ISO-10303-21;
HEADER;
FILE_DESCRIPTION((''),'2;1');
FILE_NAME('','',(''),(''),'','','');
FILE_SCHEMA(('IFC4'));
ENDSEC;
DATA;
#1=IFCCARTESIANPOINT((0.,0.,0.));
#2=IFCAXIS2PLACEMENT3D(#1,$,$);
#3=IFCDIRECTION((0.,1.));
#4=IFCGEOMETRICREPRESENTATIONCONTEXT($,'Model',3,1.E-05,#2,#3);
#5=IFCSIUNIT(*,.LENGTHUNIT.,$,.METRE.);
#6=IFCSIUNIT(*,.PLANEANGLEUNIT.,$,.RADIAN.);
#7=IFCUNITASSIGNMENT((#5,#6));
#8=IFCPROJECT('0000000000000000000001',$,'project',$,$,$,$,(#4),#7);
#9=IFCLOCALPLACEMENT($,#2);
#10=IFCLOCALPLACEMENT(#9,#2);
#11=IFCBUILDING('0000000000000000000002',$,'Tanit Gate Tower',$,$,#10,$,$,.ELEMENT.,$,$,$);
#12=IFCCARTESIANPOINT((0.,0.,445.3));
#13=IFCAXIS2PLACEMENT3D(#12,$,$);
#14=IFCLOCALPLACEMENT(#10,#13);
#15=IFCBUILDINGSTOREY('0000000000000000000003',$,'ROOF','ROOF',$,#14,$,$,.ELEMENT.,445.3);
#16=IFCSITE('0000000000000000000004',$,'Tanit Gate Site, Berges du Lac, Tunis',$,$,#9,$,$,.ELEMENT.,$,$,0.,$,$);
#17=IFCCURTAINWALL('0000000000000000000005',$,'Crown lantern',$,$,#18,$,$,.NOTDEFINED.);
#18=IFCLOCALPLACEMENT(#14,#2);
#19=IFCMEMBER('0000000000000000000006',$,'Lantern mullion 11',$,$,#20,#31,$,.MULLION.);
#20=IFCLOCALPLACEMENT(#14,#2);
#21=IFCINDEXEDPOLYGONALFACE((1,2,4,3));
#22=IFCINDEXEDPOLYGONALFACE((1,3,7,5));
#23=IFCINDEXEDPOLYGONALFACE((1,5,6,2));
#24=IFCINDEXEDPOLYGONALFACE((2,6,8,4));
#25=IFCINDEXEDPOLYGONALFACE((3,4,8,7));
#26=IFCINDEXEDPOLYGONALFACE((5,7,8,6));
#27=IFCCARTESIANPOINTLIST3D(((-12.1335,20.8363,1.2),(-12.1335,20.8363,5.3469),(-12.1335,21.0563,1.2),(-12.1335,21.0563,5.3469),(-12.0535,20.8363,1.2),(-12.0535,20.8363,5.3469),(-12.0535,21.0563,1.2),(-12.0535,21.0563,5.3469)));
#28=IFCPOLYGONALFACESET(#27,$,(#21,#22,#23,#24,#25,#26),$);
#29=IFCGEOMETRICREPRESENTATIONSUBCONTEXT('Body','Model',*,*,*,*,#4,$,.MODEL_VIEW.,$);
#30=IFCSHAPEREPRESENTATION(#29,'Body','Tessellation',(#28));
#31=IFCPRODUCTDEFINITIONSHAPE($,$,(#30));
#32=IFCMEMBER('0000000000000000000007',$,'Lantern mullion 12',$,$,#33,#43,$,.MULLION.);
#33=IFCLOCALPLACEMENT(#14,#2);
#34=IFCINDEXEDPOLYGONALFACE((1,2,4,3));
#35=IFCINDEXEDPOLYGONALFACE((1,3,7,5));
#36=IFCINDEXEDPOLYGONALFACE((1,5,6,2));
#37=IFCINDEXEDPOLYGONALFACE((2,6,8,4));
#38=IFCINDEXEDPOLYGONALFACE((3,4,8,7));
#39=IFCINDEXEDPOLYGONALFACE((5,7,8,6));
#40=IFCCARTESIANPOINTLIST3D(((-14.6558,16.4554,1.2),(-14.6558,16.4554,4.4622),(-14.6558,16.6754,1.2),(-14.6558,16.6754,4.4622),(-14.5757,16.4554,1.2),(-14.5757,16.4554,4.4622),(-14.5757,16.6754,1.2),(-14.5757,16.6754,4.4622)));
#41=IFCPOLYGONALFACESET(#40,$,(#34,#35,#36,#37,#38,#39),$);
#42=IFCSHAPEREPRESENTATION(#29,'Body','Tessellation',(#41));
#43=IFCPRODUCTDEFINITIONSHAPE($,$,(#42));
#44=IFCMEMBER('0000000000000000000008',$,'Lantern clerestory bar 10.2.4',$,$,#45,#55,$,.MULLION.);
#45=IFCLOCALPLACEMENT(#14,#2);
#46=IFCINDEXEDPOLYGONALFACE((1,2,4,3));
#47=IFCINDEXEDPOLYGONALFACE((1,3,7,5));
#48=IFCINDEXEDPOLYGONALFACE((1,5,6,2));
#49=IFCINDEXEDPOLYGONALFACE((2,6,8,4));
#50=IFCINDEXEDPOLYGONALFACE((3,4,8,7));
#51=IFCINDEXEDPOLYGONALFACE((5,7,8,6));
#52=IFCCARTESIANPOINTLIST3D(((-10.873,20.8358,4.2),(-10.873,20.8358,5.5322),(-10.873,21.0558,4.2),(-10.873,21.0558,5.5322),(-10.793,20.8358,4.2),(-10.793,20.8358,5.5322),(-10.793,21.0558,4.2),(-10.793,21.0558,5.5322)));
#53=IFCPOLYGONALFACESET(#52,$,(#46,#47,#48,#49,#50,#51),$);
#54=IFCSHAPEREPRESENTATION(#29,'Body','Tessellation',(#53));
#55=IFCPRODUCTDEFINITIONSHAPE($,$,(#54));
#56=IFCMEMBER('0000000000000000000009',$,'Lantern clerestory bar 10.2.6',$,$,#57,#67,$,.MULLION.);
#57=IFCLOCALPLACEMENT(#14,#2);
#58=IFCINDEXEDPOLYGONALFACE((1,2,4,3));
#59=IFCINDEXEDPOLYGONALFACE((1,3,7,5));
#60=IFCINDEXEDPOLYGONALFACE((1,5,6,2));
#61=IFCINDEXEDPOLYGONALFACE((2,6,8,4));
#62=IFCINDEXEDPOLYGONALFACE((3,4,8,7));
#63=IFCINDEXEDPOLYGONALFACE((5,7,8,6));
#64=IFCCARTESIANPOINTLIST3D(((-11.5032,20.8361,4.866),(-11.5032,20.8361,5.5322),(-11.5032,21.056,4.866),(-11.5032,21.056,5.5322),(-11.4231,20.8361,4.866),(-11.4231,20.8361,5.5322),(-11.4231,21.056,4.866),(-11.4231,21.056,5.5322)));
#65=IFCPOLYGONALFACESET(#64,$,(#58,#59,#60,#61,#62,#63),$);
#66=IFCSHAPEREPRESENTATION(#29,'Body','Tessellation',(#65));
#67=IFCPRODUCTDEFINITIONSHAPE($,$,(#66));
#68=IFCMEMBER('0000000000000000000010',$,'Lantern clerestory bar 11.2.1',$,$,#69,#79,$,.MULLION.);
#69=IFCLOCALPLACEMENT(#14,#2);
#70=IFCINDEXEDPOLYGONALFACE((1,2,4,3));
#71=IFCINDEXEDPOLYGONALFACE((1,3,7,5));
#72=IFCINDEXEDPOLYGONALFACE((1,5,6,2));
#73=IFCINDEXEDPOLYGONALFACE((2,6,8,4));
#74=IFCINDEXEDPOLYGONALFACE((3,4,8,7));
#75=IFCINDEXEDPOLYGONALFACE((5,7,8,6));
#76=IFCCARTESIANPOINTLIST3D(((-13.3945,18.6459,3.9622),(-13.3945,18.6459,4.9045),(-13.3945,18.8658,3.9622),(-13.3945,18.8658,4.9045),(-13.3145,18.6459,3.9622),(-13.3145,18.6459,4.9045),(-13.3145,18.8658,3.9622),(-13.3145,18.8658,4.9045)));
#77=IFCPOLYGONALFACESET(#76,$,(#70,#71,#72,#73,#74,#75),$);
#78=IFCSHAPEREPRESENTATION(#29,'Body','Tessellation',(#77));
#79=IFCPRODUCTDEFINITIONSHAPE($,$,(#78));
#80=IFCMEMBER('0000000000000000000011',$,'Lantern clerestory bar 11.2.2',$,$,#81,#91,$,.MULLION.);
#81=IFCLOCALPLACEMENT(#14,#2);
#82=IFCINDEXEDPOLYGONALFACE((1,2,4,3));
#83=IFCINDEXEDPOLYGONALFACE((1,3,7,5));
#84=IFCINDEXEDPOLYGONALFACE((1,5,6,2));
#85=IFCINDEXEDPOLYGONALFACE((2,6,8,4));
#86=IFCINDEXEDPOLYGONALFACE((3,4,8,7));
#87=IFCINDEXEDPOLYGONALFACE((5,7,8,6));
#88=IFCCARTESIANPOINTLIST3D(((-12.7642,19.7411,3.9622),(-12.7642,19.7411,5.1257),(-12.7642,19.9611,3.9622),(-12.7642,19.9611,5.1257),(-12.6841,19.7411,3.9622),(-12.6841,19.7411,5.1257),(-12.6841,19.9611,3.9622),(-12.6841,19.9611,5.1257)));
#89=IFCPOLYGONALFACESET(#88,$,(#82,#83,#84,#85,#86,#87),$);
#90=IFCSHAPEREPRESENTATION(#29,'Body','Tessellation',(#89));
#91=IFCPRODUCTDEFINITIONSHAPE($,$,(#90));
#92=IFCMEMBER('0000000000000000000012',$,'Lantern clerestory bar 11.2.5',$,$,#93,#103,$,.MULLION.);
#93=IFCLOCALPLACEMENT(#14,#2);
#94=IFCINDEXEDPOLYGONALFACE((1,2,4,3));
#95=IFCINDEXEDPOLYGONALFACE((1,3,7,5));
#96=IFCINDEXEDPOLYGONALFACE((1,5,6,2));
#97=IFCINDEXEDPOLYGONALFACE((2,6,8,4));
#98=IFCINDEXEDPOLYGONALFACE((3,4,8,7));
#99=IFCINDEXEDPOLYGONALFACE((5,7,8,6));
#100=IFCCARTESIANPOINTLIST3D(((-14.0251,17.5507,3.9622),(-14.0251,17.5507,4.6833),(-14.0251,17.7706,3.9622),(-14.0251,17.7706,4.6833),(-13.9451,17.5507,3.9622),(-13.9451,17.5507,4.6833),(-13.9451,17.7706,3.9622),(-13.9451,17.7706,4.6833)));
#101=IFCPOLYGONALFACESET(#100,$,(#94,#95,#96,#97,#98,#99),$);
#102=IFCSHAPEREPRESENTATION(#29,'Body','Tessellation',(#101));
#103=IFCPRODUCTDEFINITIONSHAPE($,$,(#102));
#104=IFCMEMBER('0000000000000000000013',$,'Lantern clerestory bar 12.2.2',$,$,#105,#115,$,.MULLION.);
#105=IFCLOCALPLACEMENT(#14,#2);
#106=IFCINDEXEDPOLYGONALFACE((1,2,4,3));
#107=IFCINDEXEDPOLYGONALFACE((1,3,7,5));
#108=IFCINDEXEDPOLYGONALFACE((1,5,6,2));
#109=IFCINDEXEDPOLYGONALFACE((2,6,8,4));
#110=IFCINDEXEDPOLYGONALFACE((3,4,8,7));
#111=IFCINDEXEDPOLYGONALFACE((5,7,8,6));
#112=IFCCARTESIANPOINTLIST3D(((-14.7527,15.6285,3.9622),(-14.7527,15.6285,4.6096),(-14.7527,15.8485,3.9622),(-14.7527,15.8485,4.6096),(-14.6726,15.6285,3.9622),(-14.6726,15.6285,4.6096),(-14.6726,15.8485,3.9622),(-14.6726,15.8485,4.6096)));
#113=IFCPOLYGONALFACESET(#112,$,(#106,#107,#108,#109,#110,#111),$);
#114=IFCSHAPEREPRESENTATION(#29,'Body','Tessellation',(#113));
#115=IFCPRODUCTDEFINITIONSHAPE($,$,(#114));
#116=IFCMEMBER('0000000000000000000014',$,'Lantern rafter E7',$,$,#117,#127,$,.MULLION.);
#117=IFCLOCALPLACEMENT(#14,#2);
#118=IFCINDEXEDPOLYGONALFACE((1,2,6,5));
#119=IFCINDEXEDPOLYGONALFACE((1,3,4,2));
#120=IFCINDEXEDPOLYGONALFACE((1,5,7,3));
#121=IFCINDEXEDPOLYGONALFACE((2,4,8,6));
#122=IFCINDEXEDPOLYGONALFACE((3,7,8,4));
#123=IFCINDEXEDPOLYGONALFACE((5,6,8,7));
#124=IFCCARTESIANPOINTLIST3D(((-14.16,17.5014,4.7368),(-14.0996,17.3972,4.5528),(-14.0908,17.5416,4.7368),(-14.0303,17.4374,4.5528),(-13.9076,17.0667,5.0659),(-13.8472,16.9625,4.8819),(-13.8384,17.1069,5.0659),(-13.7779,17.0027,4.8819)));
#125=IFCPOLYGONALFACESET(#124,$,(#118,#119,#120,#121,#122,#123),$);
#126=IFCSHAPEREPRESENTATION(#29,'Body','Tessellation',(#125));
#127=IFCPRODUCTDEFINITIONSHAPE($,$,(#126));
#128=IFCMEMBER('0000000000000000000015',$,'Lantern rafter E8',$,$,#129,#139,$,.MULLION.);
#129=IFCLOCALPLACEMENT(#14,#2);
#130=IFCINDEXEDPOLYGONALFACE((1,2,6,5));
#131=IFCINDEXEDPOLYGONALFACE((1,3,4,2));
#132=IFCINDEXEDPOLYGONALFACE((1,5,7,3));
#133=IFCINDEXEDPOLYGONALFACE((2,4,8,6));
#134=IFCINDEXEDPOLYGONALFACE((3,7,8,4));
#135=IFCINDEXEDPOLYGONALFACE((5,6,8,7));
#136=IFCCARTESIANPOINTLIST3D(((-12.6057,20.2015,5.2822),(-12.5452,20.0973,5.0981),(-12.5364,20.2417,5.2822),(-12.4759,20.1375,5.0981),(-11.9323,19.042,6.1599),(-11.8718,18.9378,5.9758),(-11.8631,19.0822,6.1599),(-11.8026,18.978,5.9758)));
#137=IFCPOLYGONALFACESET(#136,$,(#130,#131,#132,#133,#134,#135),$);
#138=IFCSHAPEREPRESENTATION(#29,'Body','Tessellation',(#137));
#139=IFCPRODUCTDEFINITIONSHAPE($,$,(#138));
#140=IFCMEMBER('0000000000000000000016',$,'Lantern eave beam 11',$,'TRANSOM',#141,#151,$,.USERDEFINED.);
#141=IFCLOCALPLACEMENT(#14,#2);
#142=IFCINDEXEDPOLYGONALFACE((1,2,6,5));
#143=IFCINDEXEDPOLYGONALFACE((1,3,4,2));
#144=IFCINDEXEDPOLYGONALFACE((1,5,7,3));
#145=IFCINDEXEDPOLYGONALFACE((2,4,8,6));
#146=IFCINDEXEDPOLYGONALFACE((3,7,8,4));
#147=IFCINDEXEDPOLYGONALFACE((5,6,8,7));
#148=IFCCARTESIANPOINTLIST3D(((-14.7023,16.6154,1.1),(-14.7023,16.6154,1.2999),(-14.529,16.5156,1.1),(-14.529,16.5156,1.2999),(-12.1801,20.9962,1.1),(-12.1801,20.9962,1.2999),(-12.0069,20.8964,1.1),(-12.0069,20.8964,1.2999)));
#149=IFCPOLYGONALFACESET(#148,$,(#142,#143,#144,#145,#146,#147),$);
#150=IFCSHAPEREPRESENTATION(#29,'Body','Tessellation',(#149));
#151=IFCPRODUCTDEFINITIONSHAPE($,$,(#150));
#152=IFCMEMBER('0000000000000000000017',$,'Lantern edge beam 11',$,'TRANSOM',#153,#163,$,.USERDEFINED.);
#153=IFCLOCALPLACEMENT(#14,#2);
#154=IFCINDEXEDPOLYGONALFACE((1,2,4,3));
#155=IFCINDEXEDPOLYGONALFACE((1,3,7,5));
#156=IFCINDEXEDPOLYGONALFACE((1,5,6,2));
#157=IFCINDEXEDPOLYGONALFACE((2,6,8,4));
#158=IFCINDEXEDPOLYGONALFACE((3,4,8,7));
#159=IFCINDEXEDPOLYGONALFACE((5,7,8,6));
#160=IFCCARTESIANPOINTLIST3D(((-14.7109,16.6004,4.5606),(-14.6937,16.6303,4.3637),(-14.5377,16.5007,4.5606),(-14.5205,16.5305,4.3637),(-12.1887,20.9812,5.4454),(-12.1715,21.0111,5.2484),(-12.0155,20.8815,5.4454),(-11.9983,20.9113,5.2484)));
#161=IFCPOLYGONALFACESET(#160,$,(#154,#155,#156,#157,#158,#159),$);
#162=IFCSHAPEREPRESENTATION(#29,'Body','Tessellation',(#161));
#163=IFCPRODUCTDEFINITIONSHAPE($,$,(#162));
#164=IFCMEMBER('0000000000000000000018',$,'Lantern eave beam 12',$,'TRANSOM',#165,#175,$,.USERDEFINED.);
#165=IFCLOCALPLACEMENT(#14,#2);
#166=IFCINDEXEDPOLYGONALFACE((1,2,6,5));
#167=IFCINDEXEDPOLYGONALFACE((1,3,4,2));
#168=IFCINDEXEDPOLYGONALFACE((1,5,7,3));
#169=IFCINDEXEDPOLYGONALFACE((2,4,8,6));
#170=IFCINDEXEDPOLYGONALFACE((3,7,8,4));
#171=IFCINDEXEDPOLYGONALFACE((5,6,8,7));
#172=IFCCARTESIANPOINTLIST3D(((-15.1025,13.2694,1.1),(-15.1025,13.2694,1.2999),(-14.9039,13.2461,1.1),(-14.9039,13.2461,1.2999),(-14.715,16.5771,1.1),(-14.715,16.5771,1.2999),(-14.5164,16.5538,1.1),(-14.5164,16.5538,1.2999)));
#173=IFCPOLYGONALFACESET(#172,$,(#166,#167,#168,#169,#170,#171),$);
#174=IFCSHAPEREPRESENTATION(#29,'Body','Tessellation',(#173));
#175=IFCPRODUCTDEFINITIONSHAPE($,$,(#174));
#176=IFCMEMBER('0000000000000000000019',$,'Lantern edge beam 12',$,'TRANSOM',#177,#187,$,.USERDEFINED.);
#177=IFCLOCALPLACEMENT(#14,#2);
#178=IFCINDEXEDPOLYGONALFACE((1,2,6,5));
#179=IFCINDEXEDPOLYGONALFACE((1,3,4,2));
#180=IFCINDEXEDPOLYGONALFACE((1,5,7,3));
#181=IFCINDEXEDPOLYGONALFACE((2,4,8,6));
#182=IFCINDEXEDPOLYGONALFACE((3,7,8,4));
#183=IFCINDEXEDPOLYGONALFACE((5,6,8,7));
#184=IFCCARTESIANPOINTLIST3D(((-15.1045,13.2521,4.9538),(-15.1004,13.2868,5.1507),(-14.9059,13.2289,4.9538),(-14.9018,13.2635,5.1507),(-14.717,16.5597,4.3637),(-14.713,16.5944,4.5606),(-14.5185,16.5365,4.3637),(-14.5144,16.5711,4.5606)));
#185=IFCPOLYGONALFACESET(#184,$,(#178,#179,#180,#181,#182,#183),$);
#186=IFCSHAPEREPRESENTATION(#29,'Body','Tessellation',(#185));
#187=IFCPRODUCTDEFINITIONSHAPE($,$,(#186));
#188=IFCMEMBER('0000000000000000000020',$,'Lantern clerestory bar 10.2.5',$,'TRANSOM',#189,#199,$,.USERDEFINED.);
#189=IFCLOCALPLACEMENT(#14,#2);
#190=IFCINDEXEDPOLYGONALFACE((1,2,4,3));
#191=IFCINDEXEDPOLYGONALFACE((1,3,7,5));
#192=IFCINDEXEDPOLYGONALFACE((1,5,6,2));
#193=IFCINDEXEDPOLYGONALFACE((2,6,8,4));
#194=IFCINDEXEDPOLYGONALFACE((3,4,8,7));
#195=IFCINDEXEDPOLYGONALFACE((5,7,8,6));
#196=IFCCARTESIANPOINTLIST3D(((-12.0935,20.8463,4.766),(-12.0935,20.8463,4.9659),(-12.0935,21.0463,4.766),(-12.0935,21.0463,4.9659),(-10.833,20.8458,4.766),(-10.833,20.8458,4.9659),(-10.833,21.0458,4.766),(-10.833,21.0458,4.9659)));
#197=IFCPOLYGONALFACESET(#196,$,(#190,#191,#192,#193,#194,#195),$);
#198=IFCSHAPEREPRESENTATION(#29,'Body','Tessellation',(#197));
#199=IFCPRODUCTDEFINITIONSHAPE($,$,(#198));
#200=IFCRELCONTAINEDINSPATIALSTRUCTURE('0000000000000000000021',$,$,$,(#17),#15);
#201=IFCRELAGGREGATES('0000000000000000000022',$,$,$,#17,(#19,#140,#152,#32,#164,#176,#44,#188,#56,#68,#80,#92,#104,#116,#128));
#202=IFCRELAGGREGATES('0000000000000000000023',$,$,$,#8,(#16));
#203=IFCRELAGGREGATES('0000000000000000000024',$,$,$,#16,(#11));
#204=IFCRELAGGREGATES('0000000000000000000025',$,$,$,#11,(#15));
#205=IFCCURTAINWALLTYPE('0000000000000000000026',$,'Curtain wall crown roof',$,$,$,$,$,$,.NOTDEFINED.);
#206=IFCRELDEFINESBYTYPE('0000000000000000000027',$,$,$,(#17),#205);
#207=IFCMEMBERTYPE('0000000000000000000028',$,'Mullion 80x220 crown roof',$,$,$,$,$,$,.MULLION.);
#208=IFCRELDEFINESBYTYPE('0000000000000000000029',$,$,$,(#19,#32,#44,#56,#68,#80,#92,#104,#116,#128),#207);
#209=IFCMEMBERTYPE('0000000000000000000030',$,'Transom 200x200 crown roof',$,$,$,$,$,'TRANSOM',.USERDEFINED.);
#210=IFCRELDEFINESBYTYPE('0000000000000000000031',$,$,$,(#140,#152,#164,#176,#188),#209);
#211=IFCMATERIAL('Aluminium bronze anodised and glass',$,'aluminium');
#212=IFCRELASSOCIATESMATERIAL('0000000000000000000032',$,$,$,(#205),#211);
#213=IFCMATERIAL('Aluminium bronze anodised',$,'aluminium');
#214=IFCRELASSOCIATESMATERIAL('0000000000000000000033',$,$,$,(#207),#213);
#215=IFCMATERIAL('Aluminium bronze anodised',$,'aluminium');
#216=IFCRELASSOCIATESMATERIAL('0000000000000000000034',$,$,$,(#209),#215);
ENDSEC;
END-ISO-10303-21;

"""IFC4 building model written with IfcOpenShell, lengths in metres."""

from ifc_helpers import new_model, si_unit, direction, frame, origin, origin_2d, place, context, subcontext, project, spatial, rectangle, extrude, material, material_profile, profile_set, type_object, element, aggregate, save


model = new_model("IFC4")

# Units and contexts
model_context = context("Model", 3, precision=1e-05, world=origin(), true_north=direction((0.0, 1.0)))
body_context = subcontext(model_context, "Body", "Model", "MODEL_VIEW")
ifc_project = project(units=[si_unit("LENGTHUNIT", "METRE"), si_unit("PLANEANGLEUNIT", "RADIAN")], contexts=[model_context])

# Site, building, storey
site_placement = place(None, origin())
site = spatial("IfcSite", under=ifc_project, at=site_placement, Name="Tanit Gate Site, Berges du Lac, Tunis", CompositionType="ELEMENT", RefElevation=0.0)
building_placement = place(site_placement, origin())
building = spatial("IfcBuilding", under=site, at=building_placement, Name="Tanit Gate Tower", CompositionType="ELEMENT")
storey_placement = place(building_placement, frame((0.0, 0.0, 445.3)))
storey = spatial("IfcBuildingStorey", under=building, at=storey_placement, Name="ROOF", Description="ROOF", CompositionType="ELEMENT", Elevation=445.3)

# Curtain wall, members
ifc_material_1 = material(Name="Aluminium bronze anodised and glass", Category="aluminium")
curtain_wall_type = type_object("IfcCurtainWallType", Name="Curtain wall crown roof", PredefinedType="NOTDEFINED", material=ifc_material_1)
curtain_wall_placement = place(storey_placement, origin())
curtain_wall = element("IfcCurtainWall", 1, at=curtain_wall_placement, inside=storey, type_object=curtain_wall_type, Name="Crown lantern", PredefinedType="NOTDEFINED")
ifc_material_2 = material(Name="Aluminium bronze anodised", Category="aluminium")
ifc_material_profile_1 = material_profile(ifc_material_2, rectangle(XDim=0.0801, YDim=0.22, at=origin_2d()), Name="80x220 bronze rafter")
ifc_profile_set_1 = profile_set([ifc_material_profile_1], Name="Aluminium bronze anodised")
member_type_1 = type_object("IfcMemberType", Name="Mullion 80x220 crown roof", PredefinedType="MULLION", material=ifc_profile_set_1)
member_1_placement = place(storey_placement, frame((-12.0935, 20.9463, 1.2), z_axis=(0.0, 0.0, 1.0), x_axis=(1.0, 0.0, 0.0)))
member_1 = element("IfcMember", 2, at=member_1_placement, type_object=member_type_1, Name="Lantern mullion 11", PredefinedType="MULLION", context=body_context, shape_type="SweptSolid", body=[
    extrude(rectangle(XDim=0.0801, YDim=0.22, at=origin_2d()), origin(), (0.0, 0.0, 1.0), 4.147),
])
member_2_placement = place(storey_placement, frame((-14.6157, 16.5654, 1.2), z_axis=(0.0, 0.0, 1.0), x_axis=(1.0, 0.0, 0.0)))
member_2 = element("IfcMember", 3, at=member_2_placement, type_object=member_type_1, Name="Lantern mullion 12", PredefinedType="MULLION", context=body_context, shape_type="SweptSolid", body=[
    extrude(rectangle(XDim=0.0801, YDim=0.22, at=origin_2d()), origin(), (0.0, 0.0, 1.0), 3.2622),
])
member_3_placement = place(storey_placement, frame((-10.833, 20.9458, 4.2), z_axis=(0.0, 0.0, 1.0), x_axis=(1.0, 0.0, 0.0)))
member_3 = element("IfcMember", 4, at=member_3_placement, type_object=member_type_1, Name="Lantern clerestory bar 10.2.4", PredefinedType="MULLION", context=body_context, shape_type="SweptSolid", body=[
    extrude(rectangle(XDim=0.0801, YDim=0.22, at=origin_2d()), origin(), (0.0, 0.0, 1.0), 1.3323),
])
member_4_placement = place(storey_placement, frame((-11.4631, 20.946, 4.866), z_axis=(0.0, 0.0, 1.0), x_axis=(1.0, 0.0, 0.0)))
member_4 = element("IfcMember", 5, at=member_4_placement, type_object=member_type_1, Name="Lantern clerestory bar 10.2.6", PredefinedType="MULLION", context=body_context, shape_type="SweptSolid", body=[
    extrude(rectangle(XDim=0.0801, YDim=0.22, at=origin_2d()), origin(), (0.0, 0.0, 1.0), 0.6663),
])
member_5_placement = place(storey_placement, frame((-13.3545, 18.7559, 3.9622), z_axis=(0.0, 0.0, 1.0), x_axis=(1.0, 0.0, 0.0)))
member_5 = element("IfcMember", 6, at=member_5_placement, type_object=member_type_1, Name="Lantern clerestory bar 11.2.1", PredefinedType="MULLION", context=body_context, shape_type="SweptSolid", body=[
    extrude(rectangle(XDim=0.0801, YDim=0.22, at=origin_2d()), origin(), (0.0, 0.0, 1.0), 0.9424),
])
member_6_placement = place(storey_placement, frame((-12.7241, 19.8511, 3.9622), z_axis=(0.0, 0.0, 1.0), x_axis=(1.0, 0.0, 0.0)))
member_6 = element("IfcMember", 7, at=member_6_placement, type_object=member_type_1, Name="Lantern clerestory bar 11.2.2", PredefinedType="MULLION", context=body_context, shape_type="SweptSolid", body=[
    extrude(rectangle(XDim=0.0801, YDim=0.22, at=origin_2d()), origin(), (0.0, 0.0, 1.0), 1.1636),
])
member_7_placement = place(storey_placement, frame((-13.9851, 17.6606, 3.9622), z_axis=(0.0, 0.0, 1.0), x_axis=(1.0, 0.0, 0.0)))
member_7 = element("IfcMember", 8, at=member_7_placement, type_object=member_type_1, Name="Lantern clerestory bar 11.2.5", PredefinedType="MULLION", context=body_context, shape_type="SweptSolid", body=[
    extrude(rectangle(XDim=0.0801, YDim=0.22, at=origin_2d()), origin(), (0.0, 0.0, 1.0), 0.7212),
])
member_8_placement = place(storey_placement, frame((-14.7126, 15.7385, 3.9622), z_axis=(0.0, 0.0, 1.0), x_axis=(1.0, 0.0, 0.0)))
member_8 = element("IfcMember", 9, at=member_8_placement, type_object=member_type_1, Name="Lantern clerestory bar 12.2.2", PredefinedType="MULLION", context=body_context, shape_type="SweptSolid", body=[
    extrude(rectangle(XDim=0.0801, YDim=0.22, at=origin_2d()), origin(), (0.0, 0.0, 1.0), 0.6475),
])
member_9_placement = place(storey_placement, frame((-13.8428, 17.0347, 4.9739), z_axis=(-0.420095, 0.723588, -0.547668), x_axis=(-0.864816, -0.502089, 0.0)))
member_9 = element("IfcMember", 10, at=member_9_placement, type_object=member_type_1, Name="Lantern rafter E7", PredefinedType="MULLION", context=body_context, shape_type="SweptSolid", body=[
    extrude(rectangle(XDim=0.0801, YDim=0.22, at=origin_2d()), origin(), (0.0, 0.0, 1.0), 0.6008),
])
member_10_placement = place(storey_placement, frame((-11.8674, 19.01, 6.0679), z_axis=(-0.420183, 0.723513, -0.5477), x_axis=(-0.864748, -0.502206, 0.0)))
member_10 = element("IfcMember", 11, at=member_10_placement, type_object=member_type_1, Name="Lantern rafter E8", PredefinedType="MULLION", context=body_context, shape_type="SweptSolid", body=[
    extrude(rectangle(XDim=0.0801, YDim=0.22, at=origin_2d()), origin(), (0.0, 0.0, 1.0), 1.6025),
])
ifc_material_3 = material(Name="Aluminium bronze anodised", Category="aluminium")
ifc_material_profile_2 = material_profile(ifc_material_3, rectangle(XDim=0.2, YDim=0.2, at=origin_2d()), Name="200x200 bronze transom")
ifc_profile_set_2 = profile_set([ifc_material_profile_2], Name="Aluminium bronze anodised")
member_type_2 = type_object("IfcMemberType", Name="Transom 200x200 crown roof", ElementType="TRANSOM", PredefinedType="USERDEFINED", material=ifc_profile_set_2)
member_11_placement = place(storey_placement, frame((-12.0935, 20.9463, 1.2), z_axis=(-0.49895, -0.866631, 0.0), x_axis=(0.866631, -0.49895, 0.0)))
member_11 = element("IfcMember", 12, at=member_11_placement, type_object=member_type_2, Name="Lantern eave beam 11", ObjectType="TRANSOM", PredefinedType="USERDEFINED", context=body_context, shape_type="SweptSolid", body=[
    extrude(rectangle(XDim=0.2, YDim=0.2, at=origin_2d()), origin(), (0.0, 0.0, 1.0), 5.0549),
])
member_12_placement = place(storey_placement, frame((-12.0935, 20.9463, 5.3469), z_axis=(-0.491479, -0.853654, -0.172405), x_axis=(0.866631, -0.49895, 0.0)))
member_12 = element("IfcMember", 13, at=member_12_placement, type_object=member_type_2, Name="Lantern edge beam 11", ObjectType="TRANSOM", PredefinedType="USERDEFINED", context=body_context, shape_type="SweptSolid", body=[
    extrude(rectangle(XDim=0.2, YDim=0.2, at=origin_2d()), origin(), (0.0, 0.0, 1.0), 5.1318),
])
member_13_placement = place(storey_placement, frame((-14.6157, 16.5654, 1.2), z_axis=(-0.116344, -0.993209, 0.0), x_axis=(0.993209, -0.116344, 0.0)))
member_13 = element("IfcMember", 14, at=member_13_placement, type_object=member_type_2, Name="Lantern eave beam 12", ObjectType="TRANSOM", PredefinedType="USERDEFINED", context=body_context, shape_type="SweptSolid", body=[
    extrude(rectangle(XDim=0.2, YDim=0.2, at=origin_2d()), origin(), (0.0, 0.0, 1.0), 3.3303),
])
member_14_placement = place(storey_placement, frame((-14.6157, 16.5654, 4.4622), z_axis=(-0.114559, -0.977975, 0.174473), x_axis=(0.993209, -0.116344, 0.0)))
member_14 = element("IfcMember", 15, at=member_14_placement, type_object=member_type_2, Name="Lantern edge beam 12", ObjectType="TRANSOM", PredefinedType="USERDEFINED", context=body_context, shape_type="SweptSolid", body=[
    extrude(rectangle(XDim=0.2, YDim=0.2, at=origin_2d()), origin(), (0.0, 0.0, 1.0), 3.3821),
])
member_15_placement = place(storey_placement, frame((-10.833, 20.9458, 4.866), z_axis=(-1.0, 0.000387, 0.0), x_axis=(-0.000387, -1.0, 0.0)))
member_15 = element("IfcMember", 16, at=member_15_placement, type_object=member_type_2, Name="Lantern clerestory bar 10.2.5", ObjectType="TRANSOM", PredefinedType="USERDEFINED", context=body_context, shape_type="SweptSolid", body=[
    extrude(rectangle(XDim=0.2, YDim=0.2, at=origin_2d()), origin(), (0.0, 0.0, 1.0), 1.2605),
])
aggregate(curtain_wall, [member_1, member_11, member_12, member_2, member_13, member_14, member_3, member_15, member_4, member_5, member_6, member_7, member_8, member_9, member_10])

save(model, "model.ifc")
